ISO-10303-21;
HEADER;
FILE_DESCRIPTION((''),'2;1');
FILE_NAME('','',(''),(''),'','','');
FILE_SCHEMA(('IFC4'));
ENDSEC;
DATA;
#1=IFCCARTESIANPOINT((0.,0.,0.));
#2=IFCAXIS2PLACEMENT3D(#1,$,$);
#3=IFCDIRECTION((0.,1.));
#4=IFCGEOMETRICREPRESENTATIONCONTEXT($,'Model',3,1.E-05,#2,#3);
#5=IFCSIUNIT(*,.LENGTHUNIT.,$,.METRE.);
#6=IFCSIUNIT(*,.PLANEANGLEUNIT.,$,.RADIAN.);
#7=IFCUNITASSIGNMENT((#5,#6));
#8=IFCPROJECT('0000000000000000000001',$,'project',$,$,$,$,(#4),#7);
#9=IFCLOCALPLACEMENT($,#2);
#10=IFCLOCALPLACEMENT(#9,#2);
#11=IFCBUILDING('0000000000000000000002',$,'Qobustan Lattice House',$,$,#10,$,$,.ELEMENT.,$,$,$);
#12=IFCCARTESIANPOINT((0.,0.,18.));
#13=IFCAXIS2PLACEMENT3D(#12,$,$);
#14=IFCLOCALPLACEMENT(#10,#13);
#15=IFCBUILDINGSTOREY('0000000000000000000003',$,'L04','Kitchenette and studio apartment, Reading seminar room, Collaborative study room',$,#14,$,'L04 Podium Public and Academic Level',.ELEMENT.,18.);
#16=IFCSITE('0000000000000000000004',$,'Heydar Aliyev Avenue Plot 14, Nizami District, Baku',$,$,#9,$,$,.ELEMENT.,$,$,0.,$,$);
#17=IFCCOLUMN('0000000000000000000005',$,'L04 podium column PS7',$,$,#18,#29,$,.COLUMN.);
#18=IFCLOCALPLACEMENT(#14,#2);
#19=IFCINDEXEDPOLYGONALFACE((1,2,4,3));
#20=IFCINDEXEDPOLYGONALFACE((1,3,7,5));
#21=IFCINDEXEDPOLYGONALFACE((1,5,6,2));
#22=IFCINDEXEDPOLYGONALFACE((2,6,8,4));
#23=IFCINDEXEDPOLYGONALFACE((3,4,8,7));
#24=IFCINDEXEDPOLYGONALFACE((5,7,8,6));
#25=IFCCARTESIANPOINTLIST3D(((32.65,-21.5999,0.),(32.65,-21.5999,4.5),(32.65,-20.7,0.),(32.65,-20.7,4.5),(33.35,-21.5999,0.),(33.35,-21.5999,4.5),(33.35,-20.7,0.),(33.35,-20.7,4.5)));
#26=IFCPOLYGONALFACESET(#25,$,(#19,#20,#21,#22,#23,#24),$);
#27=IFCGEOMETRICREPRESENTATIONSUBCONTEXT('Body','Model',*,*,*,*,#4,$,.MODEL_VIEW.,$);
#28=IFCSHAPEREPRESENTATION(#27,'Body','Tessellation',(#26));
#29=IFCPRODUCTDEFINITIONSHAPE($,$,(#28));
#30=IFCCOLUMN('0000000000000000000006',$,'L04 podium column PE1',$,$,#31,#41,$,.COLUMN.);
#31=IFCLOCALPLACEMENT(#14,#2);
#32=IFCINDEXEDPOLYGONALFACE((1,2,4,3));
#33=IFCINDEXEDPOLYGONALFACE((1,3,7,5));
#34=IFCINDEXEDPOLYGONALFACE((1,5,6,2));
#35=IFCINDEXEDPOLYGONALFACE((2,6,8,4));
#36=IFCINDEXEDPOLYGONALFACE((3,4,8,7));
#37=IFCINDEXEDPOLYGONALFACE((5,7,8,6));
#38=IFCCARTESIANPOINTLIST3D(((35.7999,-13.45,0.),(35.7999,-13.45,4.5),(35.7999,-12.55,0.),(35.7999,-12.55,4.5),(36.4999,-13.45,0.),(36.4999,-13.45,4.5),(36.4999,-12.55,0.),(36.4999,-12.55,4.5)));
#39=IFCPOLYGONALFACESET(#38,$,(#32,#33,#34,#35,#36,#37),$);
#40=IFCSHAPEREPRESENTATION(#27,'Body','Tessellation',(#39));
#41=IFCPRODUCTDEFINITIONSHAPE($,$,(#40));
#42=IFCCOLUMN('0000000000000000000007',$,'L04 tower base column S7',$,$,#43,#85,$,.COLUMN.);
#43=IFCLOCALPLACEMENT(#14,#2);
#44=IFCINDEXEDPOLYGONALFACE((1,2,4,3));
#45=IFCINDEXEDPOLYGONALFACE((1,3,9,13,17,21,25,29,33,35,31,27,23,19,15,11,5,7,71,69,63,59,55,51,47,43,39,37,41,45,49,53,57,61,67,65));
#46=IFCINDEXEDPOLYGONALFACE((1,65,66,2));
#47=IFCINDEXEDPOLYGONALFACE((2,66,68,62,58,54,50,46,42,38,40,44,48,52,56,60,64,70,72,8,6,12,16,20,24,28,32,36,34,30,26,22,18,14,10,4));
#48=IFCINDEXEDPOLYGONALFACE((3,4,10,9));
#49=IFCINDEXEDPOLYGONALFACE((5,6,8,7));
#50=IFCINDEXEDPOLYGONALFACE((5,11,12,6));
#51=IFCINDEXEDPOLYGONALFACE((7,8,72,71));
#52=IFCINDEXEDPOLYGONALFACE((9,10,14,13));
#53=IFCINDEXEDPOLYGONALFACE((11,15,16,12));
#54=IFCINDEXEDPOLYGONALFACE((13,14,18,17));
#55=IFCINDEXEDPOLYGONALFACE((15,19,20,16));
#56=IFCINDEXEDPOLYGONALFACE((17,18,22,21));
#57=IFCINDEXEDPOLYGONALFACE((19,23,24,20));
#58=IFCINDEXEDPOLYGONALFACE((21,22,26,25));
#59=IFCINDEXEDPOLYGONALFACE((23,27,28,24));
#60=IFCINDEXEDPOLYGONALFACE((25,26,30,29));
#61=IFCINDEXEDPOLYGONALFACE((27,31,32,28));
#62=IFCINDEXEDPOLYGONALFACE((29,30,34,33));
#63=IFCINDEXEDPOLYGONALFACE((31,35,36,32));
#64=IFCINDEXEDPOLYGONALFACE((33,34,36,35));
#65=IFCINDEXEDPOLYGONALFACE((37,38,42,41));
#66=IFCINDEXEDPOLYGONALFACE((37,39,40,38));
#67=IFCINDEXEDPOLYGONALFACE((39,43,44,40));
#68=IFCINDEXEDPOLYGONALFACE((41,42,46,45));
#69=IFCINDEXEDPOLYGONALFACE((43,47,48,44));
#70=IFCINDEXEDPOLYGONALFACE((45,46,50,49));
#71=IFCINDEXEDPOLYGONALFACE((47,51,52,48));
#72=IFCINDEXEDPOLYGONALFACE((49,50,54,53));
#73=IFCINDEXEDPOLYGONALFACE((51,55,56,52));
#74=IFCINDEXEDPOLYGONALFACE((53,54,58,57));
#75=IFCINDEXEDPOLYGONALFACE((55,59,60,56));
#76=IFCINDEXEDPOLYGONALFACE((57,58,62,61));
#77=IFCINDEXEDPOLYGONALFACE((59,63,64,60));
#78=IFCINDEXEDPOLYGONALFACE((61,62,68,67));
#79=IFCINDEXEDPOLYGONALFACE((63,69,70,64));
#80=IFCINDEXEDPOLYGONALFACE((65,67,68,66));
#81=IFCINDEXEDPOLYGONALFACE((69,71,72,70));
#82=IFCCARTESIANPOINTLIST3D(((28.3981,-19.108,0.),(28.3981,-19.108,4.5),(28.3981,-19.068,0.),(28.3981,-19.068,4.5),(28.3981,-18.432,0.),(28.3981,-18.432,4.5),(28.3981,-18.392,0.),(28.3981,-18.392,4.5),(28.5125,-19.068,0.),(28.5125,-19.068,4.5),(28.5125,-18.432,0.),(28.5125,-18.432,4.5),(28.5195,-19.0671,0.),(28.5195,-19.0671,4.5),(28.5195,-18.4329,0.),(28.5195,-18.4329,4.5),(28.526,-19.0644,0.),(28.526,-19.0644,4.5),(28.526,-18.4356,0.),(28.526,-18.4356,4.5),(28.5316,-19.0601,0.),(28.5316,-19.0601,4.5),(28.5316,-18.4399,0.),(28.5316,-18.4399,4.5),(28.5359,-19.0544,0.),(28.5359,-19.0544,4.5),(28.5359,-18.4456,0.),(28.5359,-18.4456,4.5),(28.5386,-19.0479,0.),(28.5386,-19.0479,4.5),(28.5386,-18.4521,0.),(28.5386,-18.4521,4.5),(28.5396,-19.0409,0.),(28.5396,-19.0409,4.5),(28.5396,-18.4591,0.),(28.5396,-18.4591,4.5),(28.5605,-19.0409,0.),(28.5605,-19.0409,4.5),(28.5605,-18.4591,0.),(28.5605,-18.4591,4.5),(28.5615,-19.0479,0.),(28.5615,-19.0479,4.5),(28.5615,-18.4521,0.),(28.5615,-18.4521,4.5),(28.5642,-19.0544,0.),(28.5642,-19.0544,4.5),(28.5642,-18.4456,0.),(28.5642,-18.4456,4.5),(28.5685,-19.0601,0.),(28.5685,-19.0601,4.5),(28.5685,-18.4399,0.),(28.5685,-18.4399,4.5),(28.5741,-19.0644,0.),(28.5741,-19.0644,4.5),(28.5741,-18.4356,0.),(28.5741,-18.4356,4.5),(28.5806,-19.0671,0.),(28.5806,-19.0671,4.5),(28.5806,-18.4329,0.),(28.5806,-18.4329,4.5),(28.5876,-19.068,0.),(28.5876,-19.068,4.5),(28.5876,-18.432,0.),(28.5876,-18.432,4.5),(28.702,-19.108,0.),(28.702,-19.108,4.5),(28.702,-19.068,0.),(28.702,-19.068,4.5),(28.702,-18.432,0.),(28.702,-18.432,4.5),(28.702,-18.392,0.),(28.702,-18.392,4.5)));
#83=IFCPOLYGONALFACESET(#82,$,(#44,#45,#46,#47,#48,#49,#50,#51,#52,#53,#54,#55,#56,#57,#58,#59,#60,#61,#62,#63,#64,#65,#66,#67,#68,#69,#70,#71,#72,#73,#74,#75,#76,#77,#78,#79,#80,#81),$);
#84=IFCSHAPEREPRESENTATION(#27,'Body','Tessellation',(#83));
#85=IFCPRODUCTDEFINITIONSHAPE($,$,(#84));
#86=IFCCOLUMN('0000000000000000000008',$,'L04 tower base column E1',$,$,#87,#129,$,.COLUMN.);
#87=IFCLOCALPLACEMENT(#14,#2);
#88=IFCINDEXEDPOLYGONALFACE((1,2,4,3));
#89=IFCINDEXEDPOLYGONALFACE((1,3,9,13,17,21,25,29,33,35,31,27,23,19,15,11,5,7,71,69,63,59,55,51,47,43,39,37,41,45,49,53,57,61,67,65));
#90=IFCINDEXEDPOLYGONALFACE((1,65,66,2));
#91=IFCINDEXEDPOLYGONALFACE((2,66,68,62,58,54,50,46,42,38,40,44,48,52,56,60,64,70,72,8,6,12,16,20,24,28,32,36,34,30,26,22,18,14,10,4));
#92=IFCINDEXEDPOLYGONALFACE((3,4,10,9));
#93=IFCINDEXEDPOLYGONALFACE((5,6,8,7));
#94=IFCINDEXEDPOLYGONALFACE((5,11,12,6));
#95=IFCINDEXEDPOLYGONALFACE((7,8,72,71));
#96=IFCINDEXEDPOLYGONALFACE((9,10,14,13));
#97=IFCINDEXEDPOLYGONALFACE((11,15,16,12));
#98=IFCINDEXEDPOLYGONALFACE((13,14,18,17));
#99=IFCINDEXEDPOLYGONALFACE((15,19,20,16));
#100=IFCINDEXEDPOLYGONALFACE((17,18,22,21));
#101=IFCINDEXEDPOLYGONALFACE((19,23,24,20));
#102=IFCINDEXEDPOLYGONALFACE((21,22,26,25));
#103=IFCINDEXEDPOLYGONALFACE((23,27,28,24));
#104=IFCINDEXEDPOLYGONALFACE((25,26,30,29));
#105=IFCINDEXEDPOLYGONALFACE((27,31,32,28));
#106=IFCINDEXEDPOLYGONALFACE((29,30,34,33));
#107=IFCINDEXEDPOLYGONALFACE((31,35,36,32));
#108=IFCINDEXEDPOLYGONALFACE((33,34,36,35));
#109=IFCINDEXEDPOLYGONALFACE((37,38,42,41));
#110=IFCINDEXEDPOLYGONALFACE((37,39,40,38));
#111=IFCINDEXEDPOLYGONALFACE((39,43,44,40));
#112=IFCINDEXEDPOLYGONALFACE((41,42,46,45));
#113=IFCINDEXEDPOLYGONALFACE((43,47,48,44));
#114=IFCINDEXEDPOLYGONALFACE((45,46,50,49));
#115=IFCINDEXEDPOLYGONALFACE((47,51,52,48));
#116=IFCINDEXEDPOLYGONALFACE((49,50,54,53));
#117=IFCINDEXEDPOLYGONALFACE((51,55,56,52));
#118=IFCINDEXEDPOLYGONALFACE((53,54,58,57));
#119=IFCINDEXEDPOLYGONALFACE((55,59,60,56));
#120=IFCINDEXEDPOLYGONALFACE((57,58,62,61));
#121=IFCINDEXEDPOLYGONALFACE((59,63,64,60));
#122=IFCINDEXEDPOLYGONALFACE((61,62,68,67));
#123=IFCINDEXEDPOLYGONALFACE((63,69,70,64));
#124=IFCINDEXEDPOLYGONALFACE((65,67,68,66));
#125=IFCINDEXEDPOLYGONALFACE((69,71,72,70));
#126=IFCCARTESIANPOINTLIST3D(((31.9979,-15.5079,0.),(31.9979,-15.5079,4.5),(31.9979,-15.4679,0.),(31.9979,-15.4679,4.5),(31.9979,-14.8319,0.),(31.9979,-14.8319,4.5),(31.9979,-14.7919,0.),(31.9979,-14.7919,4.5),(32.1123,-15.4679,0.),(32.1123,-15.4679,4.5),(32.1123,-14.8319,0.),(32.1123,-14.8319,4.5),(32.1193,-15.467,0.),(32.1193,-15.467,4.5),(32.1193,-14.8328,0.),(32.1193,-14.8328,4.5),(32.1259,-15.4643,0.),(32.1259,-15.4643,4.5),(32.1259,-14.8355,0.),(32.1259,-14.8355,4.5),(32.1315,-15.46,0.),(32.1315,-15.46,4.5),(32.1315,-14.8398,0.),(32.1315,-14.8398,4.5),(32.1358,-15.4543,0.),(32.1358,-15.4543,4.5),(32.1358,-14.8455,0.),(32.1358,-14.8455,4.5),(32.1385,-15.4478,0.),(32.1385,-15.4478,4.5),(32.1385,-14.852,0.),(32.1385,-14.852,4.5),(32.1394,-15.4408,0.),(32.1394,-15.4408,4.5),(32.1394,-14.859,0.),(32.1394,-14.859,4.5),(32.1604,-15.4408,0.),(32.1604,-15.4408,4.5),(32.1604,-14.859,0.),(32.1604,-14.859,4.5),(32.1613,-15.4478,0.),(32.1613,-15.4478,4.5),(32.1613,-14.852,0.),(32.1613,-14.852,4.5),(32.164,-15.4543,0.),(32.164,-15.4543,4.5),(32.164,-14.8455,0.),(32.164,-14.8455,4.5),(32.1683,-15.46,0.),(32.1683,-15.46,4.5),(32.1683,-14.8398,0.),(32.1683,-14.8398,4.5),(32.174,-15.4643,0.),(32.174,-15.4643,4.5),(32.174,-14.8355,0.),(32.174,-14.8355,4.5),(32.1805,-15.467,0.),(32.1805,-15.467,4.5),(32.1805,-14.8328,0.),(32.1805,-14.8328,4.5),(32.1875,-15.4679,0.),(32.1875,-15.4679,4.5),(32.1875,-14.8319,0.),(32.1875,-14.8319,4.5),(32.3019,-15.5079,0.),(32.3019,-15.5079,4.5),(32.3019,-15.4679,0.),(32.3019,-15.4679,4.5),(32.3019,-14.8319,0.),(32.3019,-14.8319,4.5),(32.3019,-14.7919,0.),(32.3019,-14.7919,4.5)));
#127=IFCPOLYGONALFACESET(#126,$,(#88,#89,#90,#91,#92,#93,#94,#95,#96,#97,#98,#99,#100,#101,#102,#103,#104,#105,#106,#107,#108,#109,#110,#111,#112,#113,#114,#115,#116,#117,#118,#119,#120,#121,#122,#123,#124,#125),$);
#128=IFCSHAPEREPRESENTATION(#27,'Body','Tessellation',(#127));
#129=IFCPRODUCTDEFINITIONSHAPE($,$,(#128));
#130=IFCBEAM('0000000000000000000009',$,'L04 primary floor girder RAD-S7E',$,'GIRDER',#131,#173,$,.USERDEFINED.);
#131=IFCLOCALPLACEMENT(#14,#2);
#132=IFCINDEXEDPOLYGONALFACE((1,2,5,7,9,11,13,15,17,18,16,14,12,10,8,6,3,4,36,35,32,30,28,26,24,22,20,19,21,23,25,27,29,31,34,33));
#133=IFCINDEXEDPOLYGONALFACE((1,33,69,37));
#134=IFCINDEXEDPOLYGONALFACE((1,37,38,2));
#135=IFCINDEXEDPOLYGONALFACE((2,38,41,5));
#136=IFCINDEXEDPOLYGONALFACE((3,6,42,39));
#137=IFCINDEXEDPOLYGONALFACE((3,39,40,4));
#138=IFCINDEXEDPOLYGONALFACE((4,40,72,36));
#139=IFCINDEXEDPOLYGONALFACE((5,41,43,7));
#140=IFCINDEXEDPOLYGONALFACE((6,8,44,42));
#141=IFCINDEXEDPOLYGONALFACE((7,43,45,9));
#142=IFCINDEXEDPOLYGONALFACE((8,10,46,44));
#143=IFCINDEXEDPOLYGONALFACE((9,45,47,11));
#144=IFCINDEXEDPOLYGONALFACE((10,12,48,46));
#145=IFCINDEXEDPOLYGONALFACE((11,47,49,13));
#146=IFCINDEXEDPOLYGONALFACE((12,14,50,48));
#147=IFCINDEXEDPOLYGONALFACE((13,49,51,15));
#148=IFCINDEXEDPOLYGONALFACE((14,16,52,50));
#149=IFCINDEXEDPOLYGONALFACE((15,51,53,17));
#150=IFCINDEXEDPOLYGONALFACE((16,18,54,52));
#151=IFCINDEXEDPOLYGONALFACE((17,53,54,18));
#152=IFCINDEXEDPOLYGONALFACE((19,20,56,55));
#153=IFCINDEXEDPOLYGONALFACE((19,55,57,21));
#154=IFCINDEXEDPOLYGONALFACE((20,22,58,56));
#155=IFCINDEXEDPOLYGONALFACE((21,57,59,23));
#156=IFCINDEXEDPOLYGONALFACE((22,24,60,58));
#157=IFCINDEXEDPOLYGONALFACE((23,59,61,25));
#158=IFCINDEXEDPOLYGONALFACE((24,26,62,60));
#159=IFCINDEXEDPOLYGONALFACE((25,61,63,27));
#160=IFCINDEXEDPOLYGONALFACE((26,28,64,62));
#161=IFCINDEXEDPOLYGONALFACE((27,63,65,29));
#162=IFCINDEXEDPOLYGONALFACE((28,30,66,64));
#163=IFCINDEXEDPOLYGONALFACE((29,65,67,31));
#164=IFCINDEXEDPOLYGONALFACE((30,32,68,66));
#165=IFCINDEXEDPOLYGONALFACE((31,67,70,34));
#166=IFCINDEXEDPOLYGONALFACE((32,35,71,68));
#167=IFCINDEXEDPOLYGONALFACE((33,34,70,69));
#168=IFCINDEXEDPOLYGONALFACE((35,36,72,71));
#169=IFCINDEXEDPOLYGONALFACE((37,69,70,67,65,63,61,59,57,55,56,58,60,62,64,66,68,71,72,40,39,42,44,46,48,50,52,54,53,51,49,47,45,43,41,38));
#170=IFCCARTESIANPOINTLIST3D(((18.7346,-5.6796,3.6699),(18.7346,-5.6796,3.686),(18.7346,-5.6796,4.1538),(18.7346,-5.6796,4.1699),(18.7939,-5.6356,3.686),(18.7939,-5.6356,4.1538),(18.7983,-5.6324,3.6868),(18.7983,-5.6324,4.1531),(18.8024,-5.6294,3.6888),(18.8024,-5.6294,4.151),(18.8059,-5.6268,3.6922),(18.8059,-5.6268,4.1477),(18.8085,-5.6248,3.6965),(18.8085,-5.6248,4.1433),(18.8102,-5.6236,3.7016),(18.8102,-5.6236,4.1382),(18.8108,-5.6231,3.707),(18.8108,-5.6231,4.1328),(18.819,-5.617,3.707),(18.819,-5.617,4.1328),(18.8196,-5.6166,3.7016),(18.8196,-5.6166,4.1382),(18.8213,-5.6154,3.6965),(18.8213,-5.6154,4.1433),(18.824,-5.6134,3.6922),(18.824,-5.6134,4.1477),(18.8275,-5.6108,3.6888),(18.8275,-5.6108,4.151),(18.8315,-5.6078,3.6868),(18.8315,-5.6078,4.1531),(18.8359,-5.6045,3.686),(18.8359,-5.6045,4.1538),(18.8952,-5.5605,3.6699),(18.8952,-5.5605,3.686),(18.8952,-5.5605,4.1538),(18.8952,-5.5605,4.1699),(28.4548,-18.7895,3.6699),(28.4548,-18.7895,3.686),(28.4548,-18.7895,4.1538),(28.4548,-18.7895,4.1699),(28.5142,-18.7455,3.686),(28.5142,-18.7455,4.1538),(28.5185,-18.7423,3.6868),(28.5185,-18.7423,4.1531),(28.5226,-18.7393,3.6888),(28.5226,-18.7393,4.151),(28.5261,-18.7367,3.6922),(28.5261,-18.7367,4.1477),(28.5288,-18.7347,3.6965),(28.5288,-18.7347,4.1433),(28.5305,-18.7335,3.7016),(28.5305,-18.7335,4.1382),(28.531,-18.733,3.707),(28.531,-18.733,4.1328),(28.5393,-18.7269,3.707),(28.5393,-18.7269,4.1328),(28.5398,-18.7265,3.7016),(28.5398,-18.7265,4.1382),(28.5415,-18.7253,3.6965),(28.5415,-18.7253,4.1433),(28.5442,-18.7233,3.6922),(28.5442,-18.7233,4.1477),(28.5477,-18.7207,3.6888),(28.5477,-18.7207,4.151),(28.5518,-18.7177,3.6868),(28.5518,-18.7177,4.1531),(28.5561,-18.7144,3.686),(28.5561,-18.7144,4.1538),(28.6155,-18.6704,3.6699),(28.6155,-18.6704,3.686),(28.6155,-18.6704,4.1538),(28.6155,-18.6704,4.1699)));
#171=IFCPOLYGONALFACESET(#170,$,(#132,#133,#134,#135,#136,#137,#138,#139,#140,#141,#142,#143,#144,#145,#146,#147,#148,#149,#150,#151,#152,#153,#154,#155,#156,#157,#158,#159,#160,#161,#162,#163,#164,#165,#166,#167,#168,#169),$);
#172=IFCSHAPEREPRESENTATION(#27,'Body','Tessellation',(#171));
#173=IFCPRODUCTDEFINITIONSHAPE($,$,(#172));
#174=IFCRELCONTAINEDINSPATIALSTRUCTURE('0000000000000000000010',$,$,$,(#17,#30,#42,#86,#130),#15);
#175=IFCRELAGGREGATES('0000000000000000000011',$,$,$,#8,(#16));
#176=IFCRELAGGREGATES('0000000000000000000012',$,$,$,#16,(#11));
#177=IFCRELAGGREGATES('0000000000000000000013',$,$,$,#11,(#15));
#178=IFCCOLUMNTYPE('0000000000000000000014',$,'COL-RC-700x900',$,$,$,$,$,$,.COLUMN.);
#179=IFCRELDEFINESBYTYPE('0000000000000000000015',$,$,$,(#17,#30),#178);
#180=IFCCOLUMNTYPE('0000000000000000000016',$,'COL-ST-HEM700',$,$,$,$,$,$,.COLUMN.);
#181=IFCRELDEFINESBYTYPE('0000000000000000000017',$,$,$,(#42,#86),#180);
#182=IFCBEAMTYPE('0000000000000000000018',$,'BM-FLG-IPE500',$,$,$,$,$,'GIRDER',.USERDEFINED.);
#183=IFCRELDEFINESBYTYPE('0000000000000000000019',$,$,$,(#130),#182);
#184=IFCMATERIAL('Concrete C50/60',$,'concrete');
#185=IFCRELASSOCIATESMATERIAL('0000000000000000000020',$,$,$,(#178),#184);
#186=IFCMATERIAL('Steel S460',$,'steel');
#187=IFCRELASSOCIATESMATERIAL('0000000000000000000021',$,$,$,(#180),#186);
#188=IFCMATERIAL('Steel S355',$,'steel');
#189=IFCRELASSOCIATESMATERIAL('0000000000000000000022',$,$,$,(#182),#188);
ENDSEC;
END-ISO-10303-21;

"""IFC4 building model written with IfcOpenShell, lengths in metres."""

from ifc_helpers import new_model, si_unit, direction, frame, origin, origin_2d, place, context, subcontext, project, spatial, rectangle, i_section, extrude, material, material_profile, profile_set, type_object, element, save


model = new_model("IFC4")

# Units and contexts
model_context = context("Model", 3, precision=1e-05, world=origin(), true_north=direction((0.0, 1.0)))
body_context = subcontext(model_context, "Body", "Model", "MODEL_VIEW")
ifc_project = project(units=[si_unit("LENGTHUNIT", "METRE"), si_unit("PLANEANGLEUNIT", "RADIAN")], contexts=[model_context])

# Site, building, storey
site_placement = place(None, origin())
site = spatial("IfcSite", under=ifc_project, at=site_placement, Name="Heydar Aliyev Avenue Plot 14, Nizami District, Baku", CompositionType="ELEMENT", RefElevation=0.0)
building_placement = place(site_placement, origin())
building = spatial("IfcBuilding", under=site, at=building_placement, Name="Qobustan Lattice House", CompositionType="ELEMENT")
storey_placement = place(building_placement, frame((0.0, 0.0, 18.0)))
storey = spatial("IfcBuildingStorey", under=building, at=storey_placement, Name="L04", Description="Kitchenette and studio apartment, Reading seminar room, Collaborative study room", LongName="L04 Podium Public and Academic Level", CompositionType="ELEMENT", Elevation=18.0)

# Columns
ifc_material_1 = material(Name="Concrete C50/60", Category="concrete")
ifc_material_profile_1 = material_profile(ifc_material_1, rectangle(XDim=0.7, YDim=0.8999, at=origin_2d()), Name="RC700x900")
ifc_profile_set_1 = profile_set([ifc_material_profile_1], Name="Concrete C50/60")
column_type_1 = type_object("IfcColumnType", Name="COL-RC-700x900", PredefinedType="COLUMN", material=ifc_profile_set_1)
for number, where, z_axis, x_axis, name in (
    (1, (33.0, -21.1499, 0.0), (0.0, 0.0, 1.0), (1.0, 0.0, 0.0), "L04 podium column PS7"),
    (2, (36.1499, -13.0, 0.0), (0.0, 0.0, 1.0), (1.0, 0.0, 0.0), "L04 podium column PE1"),
):
    element("IfcColumn", number, at=place(storey_placement, frame(where, z_axis=z_axis, x_axis=x_axis)), inside=storey, type_object=column_type_1, Name=name, PredefinedType="COLUMN", context=body_context, shape_type="SweptSolid", body=[
        extrude(rectangle(XDim=0.7, YDim=0.8999, at=origin_2d()), origin(), (0.0, 0.0, 1.0), 4.5),
    ])
ifc_material_2 = material(Name="Steel S460", Category="steel")
ifc_material_profile_2 = material_profile(ifc_material_2, i_section(OverallWidth=0.304, OverallDepth=0.7161, WebThickness=0.021, FlangeThickness=0.04, FilletRadius=0.0271, at=origin_2d()), Name="HEM700")
ifc_profile_set_2 = profile_set([ifc_material_profile_2], Name="Steel S460")
column_type_2 = type_object("IfcColumnType", Name="COL-ST-HEM700", PredefinedType="COLUMN", material=ifc_profile_set_2)
for number, where, z_axis, x_axis, name in (
    (3, (28.55, -18.75, 0.0), (0.0, 0.0, 1.0), (1.0, 0.0, 0.0), "L04 tower base column S7"),
    (4, (32.1499, -15.1499, 0.0), (0.0, 0.0, 1.0), (1.0, 0.0, 0.0), "L04 tower base column E1"),
):
    element("IfcColumn", number, at=place(storey_placement, frame(where, z_axis=z_axis, x_axis=x_axis)), inside=storey, type_object=column_type_2, Name=name, PredefinedType="COLUMN", context=body_context, shape_type="SweptSolid", body=[
        extrude(i_section(OverallWidth=0.304, OverallDepth=0.7161, WebThickness=0.021, FlangeThickness=0.04, FilletRadius=0.0271, at=origin_2d()), origin(), (0.0, 0.0, 1.0), 4.5),
    ])

# Beam
ifc_material_3 = material(Name="Steel S355", Category="steel")
ifc_material_profile_3 = material_profile(ifc_material_3, i_section(OverallWidth=0.2, OverallDepth=0.5, WebThickness=0.0103, FlangeThickness=0.0161, FilletRadius=0.021, at=origin_2d()), Name="IPE500")
ifc_profile_set_3 = profile_set([ifc_material_profile_3], Name="Steel S355")
beam_type_1 = type_object("IfcBeamType", Name="BM-FLG-IPE500", ElementType="GIRDER", PredefinedType="USERDEFINED", material=ifc_profile_set_3)
beam_1_placement = place(storey_placement, frame((28.5352, -18.73, 3.9199), z_axis=(-0.595592, 0.803287, 0.0), x_axis=(-0.803287, -0.595592, 0.0)))
element("IfcBeam", 5, at=beam_1_placement, inside=storey, type_object=beam_type_1, Name="L04 primary floor girder RAD-S7E", ObjectType="GIRDER", PredefinedType="USERDEFINED", context=body_context, shape_type="SweptSolid", body=[
    extrude(i_section(OverallWidth=0.2, OverallDepth=0.5, WebThickness=0.0103, FlangeThickness=0.0161, FilletRadius=0.021, at=origin_2d()), origin(), (0.0, 0.0, 1.0), 16.3203),
])

save(model, "model.ifc")
